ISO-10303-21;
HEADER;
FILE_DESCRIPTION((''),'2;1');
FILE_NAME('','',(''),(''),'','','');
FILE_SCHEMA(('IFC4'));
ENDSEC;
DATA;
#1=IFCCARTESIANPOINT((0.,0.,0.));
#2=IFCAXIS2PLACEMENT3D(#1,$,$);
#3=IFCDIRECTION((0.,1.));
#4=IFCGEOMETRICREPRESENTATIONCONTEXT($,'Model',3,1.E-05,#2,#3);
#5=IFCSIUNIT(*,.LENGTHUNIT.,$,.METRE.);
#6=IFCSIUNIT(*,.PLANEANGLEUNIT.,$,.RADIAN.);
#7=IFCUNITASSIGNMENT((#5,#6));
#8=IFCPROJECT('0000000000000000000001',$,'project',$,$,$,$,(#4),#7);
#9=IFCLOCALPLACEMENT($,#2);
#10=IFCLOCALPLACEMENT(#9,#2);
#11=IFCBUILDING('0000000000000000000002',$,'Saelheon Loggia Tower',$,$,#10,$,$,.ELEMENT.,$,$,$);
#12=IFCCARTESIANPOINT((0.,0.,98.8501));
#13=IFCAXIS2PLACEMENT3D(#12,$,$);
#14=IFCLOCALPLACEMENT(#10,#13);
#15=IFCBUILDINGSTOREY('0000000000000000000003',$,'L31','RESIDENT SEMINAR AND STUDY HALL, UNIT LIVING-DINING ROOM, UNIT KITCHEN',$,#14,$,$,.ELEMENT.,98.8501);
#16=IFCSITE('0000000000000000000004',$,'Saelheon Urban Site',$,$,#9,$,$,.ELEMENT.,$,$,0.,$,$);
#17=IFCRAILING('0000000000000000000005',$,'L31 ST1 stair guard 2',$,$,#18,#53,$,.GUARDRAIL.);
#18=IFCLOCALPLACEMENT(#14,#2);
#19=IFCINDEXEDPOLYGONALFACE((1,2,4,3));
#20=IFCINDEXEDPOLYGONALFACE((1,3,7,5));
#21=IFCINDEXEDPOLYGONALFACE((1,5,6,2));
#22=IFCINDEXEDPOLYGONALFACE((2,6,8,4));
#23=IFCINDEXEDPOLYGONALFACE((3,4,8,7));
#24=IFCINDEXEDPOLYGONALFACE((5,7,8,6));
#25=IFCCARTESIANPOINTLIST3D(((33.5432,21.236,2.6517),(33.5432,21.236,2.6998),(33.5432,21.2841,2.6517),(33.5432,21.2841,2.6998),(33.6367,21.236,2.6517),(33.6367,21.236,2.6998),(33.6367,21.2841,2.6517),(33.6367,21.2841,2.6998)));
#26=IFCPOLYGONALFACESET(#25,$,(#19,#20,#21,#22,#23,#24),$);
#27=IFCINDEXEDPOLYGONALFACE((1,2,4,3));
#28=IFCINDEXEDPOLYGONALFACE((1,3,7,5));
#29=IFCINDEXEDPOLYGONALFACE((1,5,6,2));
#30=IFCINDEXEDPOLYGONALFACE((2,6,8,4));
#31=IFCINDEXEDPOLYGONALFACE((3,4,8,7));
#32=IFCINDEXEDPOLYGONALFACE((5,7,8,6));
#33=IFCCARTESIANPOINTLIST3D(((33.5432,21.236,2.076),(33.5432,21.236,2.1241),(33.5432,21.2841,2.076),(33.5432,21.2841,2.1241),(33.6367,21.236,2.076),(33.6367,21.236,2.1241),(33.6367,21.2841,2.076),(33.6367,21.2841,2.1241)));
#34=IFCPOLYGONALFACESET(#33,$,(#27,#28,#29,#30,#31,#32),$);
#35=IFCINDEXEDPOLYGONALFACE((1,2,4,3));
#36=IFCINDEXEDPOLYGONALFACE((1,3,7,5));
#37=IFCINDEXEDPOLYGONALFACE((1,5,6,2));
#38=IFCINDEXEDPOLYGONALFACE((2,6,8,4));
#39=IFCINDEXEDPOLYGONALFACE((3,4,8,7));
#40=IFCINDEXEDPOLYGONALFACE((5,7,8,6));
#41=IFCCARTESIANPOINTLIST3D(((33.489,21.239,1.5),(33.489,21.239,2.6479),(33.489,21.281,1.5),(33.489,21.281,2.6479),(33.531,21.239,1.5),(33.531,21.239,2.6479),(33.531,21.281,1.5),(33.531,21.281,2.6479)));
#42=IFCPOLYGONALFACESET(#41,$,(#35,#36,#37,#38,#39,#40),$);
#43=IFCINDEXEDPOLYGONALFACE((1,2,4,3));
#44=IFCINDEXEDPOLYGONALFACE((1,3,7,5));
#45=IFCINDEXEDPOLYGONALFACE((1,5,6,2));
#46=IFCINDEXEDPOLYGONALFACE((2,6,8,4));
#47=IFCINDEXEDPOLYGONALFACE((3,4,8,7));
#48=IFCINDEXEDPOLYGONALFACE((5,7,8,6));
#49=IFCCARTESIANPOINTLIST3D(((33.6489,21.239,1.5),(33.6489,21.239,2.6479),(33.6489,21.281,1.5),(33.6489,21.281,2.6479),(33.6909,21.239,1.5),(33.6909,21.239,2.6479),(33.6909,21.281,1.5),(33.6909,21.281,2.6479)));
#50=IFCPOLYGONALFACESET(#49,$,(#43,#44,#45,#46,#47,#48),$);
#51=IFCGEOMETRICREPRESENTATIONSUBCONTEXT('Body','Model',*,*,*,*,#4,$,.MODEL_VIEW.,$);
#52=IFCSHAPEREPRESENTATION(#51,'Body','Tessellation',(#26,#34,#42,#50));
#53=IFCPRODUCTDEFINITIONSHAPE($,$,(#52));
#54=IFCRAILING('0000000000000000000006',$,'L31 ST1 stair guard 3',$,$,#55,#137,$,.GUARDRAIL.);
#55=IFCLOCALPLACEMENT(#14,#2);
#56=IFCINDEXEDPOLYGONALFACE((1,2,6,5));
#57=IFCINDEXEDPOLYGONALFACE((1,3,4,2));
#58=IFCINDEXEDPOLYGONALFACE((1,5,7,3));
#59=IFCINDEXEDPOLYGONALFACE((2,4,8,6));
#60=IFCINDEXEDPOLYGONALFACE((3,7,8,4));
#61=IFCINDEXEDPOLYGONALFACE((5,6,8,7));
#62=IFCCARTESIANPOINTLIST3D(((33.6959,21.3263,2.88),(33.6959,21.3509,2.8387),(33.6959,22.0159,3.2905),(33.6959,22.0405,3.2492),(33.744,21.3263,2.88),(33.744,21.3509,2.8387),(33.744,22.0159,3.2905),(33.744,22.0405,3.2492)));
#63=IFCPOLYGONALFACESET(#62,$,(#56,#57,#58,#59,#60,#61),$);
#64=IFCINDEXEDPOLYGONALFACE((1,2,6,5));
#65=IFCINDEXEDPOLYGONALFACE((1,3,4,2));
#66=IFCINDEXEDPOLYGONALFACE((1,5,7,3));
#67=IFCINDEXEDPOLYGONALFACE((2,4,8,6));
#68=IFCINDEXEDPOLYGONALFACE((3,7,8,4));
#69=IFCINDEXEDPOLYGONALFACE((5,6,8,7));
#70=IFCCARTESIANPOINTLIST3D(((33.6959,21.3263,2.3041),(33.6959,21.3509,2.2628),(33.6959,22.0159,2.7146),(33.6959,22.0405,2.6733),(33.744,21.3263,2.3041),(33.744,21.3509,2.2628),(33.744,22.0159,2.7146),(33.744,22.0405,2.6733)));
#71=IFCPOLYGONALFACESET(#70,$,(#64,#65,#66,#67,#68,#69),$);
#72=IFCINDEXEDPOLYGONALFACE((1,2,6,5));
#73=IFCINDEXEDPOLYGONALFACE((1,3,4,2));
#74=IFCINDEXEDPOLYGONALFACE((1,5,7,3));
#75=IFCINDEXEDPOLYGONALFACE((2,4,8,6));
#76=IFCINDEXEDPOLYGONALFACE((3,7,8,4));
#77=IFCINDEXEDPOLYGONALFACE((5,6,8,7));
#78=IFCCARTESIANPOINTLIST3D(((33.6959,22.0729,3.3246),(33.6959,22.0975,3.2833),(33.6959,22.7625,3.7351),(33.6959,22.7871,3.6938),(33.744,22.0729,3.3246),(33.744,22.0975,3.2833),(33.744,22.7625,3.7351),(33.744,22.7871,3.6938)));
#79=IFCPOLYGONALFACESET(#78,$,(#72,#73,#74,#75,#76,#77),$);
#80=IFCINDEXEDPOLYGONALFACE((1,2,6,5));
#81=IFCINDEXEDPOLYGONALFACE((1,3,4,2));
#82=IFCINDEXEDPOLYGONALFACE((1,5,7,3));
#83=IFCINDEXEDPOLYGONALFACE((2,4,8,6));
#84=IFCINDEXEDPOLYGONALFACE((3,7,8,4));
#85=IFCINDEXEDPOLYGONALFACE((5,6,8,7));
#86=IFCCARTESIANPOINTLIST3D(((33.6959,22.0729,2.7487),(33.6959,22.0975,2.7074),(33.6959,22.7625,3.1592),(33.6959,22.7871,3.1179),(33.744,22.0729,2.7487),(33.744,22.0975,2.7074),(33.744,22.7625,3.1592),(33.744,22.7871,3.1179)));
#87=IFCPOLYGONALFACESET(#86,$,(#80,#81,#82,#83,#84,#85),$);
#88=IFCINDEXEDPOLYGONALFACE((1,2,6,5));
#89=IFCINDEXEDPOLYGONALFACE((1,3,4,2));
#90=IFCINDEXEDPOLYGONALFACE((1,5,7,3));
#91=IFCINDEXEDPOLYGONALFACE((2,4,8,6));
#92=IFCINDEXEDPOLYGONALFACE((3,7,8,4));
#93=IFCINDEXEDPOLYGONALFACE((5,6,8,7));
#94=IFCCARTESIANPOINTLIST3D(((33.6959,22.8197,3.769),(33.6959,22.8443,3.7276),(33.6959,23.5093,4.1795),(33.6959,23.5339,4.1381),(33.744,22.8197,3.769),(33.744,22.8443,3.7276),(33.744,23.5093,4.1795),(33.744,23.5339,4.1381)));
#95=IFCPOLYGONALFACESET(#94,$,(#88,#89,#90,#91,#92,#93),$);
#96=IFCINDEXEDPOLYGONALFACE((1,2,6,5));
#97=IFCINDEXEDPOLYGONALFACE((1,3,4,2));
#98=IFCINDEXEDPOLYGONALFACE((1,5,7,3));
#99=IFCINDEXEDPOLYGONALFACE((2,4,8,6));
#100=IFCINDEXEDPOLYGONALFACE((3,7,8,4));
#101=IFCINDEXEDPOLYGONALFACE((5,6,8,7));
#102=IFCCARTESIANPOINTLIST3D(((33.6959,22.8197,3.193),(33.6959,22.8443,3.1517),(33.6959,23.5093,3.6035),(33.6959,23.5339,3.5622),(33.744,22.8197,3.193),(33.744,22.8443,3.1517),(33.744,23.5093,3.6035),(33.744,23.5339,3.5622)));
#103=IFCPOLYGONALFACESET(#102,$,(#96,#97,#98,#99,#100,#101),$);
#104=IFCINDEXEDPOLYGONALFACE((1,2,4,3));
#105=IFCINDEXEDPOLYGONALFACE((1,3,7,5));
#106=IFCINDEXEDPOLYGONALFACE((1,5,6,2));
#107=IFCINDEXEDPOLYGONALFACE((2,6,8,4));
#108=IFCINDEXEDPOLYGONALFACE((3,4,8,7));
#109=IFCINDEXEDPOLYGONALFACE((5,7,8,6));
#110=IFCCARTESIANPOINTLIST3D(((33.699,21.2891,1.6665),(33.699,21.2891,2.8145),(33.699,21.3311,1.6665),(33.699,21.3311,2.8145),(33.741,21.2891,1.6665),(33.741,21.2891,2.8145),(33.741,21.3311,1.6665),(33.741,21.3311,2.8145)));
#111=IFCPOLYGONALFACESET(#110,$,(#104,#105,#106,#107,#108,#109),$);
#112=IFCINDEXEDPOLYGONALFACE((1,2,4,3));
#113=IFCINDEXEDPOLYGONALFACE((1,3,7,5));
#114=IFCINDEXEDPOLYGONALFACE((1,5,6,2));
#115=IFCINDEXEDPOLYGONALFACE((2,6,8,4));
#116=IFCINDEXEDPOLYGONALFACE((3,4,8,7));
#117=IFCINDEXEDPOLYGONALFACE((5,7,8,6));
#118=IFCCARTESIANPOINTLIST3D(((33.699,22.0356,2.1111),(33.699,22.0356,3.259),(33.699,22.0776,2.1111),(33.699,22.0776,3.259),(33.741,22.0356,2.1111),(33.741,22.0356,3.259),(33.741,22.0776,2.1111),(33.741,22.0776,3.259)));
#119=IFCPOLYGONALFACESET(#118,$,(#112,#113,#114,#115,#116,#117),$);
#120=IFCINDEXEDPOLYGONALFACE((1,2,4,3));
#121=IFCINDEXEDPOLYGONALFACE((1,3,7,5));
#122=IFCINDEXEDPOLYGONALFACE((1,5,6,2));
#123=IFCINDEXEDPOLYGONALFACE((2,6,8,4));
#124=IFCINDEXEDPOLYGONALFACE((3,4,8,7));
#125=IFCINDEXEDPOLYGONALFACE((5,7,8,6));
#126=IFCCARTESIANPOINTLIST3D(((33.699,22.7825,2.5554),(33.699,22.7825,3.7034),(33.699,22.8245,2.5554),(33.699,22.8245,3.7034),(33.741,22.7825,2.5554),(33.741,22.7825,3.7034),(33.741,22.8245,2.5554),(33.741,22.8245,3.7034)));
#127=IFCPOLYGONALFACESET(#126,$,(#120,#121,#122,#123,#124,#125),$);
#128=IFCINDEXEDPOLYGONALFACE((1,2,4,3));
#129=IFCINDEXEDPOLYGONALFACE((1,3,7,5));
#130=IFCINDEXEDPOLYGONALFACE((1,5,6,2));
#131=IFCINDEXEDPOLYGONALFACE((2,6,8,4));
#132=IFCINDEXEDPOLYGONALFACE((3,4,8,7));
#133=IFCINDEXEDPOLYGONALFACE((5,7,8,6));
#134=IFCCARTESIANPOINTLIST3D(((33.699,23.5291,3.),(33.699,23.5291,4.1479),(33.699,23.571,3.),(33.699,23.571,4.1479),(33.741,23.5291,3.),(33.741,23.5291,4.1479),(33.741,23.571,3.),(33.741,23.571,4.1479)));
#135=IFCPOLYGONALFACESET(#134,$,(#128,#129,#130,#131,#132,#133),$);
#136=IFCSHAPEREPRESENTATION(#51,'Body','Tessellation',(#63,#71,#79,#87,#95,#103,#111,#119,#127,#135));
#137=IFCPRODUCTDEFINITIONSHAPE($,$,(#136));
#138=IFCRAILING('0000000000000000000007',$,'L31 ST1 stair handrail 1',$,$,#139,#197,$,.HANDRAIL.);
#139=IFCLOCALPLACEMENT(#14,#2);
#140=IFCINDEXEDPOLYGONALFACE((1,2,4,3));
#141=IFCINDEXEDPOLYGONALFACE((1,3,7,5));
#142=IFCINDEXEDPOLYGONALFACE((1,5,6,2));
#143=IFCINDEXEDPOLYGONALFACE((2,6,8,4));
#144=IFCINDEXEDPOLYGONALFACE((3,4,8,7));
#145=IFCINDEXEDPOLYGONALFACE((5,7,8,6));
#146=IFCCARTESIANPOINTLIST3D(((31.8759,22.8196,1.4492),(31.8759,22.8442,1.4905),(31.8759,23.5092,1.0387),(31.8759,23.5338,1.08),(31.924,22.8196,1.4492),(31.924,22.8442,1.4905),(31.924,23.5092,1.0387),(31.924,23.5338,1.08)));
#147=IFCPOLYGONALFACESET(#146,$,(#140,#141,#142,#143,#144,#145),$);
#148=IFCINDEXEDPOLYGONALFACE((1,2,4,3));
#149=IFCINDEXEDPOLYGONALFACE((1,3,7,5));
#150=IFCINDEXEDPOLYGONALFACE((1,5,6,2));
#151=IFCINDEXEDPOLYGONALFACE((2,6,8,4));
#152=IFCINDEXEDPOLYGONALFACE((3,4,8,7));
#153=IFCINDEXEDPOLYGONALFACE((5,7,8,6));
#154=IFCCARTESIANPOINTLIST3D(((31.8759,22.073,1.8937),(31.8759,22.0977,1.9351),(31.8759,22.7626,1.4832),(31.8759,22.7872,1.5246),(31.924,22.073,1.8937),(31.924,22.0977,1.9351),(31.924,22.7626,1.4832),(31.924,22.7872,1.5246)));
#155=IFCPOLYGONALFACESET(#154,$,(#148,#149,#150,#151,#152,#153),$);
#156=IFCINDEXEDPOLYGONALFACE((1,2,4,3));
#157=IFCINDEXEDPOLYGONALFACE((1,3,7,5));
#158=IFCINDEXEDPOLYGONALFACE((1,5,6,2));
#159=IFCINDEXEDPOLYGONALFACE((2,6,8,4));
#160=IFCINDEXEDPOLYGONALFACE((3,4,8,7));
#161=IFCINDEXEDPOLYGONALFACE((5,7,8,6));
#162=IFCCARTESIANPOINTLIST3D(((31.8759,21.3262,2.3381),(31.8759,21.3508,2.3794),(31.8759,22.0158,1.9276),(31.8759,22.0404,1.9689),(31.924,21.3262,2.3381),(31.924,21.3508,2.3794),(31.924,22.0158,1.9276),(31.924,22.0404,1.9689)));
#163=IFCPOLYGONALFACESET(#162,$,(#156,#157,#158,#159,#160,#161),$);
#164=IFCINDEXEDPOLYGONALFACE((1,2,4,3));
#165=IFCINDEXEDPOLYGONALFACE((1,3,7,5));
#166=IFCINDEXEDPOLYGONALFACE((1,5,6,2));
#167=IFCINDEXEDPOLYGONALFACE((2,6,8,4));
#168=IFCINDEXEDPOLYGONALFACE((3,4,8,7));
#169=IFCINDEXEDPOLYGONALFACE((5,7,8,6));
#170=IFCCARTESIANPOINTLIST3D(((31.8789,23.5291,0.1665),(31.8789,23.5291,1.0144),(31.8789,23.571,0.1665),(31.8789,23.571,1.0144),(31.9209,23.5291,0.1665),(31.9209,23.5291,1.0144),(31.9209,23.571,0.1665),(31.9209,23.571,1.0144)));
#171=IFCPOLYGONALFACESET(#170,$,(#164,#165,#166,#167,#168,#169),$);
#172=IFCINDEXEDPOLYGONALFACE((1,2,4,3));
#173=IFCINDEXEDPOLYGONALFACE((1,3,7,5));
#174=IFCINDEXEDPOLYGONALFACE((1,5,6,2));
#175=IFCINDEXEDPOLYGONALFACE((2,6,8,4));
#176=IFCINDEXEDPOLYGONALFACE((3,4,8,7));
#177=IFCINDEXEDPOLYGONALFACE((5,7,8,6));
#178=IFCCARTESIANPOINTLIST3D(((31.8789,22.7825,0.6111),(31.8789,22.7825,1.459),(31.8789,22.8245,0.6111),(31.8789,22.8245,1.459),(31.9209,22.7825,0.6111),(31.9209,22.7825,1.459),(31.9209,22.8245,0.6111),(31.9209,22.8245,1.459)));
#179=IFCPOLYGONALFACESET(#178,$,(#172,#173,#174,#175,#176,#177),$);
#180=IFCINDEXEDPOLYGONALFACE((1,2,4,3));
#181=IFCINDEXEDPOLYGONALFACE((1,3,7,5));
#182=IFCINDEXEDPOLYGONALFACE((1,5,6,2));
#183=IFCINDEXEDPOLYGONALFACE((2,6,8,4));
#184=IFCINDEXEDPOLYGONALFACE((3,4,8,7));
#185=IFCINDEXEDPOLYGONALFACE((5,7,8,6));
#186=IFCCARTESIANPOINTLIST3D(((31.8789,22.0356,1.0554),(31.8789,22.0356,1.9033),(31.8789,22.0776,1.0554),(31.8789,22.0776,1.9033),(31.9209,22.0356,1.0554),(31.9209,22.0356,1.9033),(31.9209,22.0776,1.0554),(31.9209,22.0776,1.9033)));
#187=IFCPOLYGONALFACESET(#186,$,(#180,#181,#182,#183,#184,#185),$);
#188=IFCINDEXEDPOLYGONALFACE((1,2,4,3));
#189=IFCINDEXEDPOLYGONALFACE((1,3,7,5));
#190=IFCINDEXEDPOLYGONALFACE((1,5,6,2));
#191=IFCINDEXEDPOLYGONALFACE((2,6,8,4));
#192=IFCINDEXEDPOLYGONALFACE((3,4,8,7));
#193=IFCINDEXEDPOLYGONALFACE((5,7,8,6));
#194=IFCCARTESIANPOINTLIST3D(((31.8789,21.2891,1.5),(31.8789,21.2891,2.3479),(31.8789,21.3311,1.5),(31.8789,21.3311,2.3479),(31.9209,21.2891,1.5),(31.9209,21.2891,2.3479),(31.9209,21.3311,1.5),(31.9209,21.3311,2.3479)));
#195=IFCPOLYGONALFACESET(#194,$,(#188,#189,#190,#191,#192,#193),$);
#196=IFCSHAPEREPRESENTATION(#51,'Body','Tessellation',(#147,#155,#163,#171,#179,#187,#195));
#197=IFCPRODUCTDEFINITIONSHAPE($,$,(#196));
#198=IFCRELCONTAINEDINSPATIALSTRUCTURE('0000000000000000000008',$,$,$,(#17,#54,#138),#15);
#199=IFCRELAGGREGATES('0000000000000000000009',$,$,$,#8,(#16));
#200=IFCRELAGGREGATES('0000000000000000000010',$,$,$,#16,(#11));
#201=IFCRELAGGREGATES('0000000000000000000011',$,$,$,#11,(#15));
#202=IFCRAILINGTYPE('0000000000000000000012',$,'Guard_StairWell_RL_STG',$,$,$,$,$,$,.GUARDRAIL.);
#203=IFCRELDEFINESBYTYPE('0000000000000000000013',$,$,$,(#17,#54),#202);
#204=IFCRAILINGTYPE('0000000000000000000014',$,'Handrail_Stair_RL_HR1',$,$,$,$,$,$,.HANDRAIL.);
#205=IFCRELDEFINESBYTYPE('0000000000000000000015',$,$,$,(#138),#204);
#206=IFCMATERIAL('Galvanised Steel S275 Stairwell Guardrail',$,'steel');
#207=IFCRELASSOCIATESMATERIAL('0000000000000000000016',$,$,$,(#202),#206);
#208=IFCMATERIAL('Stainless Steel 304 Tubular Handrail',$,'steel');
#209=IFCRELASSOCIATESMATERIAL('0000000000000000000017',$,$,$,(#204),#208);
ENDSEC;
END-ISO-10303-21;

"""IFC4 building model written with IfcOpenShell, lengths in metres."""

from ifc_helpers import new_model, si_unit, direction, frame, origin, origin_2d, place, context, subcontext, project, spatial, rectangle, extrude, material, type_object, element, save


model = new_model("IFC4")

# Units and contexts
model_context = context("Model", 3, precision=1e-05, world=origin(), true_north=direction((0.0, 1.0)))
body_context = subcontext(model_context, "Body", "Model", "MODEL_VIEW")
ifc_project = project(units=[si_unit("LENGTHUNIT", "METRE"), si_unit("PLANEANGLEUNIT", "RADIAN")], contexts=[model_context])

# Site, building, storey
site_placement = place(None, origin())
site = spatial("IfcSite", under=ifc_project, at=site_placement, Name="Saelheon Urban Site", CompositionType="ELEMENT", RefElevation=0.0)
building_placement = place(site_placement, origin())
building = spatial("IfcBuilding", under=site, at=building_placement, Name="Saelheon Loggia Tower", CompositionType="ELEMENT")
storey_placement = place(building_placement, frame((0.0, 0.0, 98.8501)))
storey = spatial("IfcBuildingStorey", under=building, at=storey_placement, Name="L31", Description="RESIDENT SEMINAR AND STUDY HALL, UNIT LIVING-DINING ROOM, UNIT KITCHEN", CompositionType="ELEMENT", Elevation=98.8501)

# Railings
ifc_material_1 = material(Name="Galvanised Steel S275 Stairwell Guardrail", Category="steel")
railing_type_1 = type_object("IfcRailingType", Name="Guard_StairWell_RL_STG", PredefinedType="GUARDRAIL", material=ifc_material_1)
railing_1_placement = place(storey_placement, frame((33.51, 21.26, 1.5)))
element("IfcRailing", 1, at=railing_1_placement, inside=storey, type_object=railing_type_1, Name="L31 ST1 stair guard 2", PredefinedType="GUARDRAIL", context=body_context, shape_type="SweptSolid", body=[
    extrude(rectangle(XDim=0.0481, YDim=0.0481, at=origin_2d()), frame((0.0332, 0.0, 1.1758), z_axis=(1.0, 0.0, 0.0), x_axis=(0.0, 1.0, 0.0)), (0.0, 0.0, 1.0), 0.0935),
    extrude(rectangle(XDim=0.0481, YDim=0.0481, at=origin_2d()), frame((0.0332, 0.0, 0.6001), z_axis=(1.0, 0.0, 0.0), x_axis=(0.0, 1.0, 0.0)), (0.0, 0.0, 1.0), 0.0935),
    extrude(rectangle(XDim=0.042, YDim=0.042, at=origin_2d()), origin(), (0.0, 0.0, 1.0), 1.1479),
    extrude(rectangle(XDim=0.042, YDim=0.042, at=origin_2d()), frame((0.1599, 0.0, 0.0)), (0.0, 0.0, 1.0), 1.1479),
])
railing_2_placement = place(storey_placement, frame((33.72, 21.3101, 1.6665)))
element("IfcRailing", 2, at=railing_2_placement, inside=storey, type_object=railing_type_1, Name="L31 ST1 stair guard 3", PredefinedType="GUARDRAIL", context=body_context, shape_type="SweptSolid", body=[
    extrude(rectangle(XDim=0.0481, YDim=0.0481, at=origin_2d()), frame((0.0, 0.0286, 1.1929), z_axis=(0.0, 0.859264, 0.511532), x_axis=(-1.0, 0.0, 0.0)), (0.0, 0.0, 1.0), 0.8025),
    extrude(rectangle(XDim=0.0481, YDim=0.0481, at=origin_2d()), frame((0.0, 0.0286, 0.6169), z_axis=(0.0, 0.859264, 0.511532), x_axis=(-1.0, 0.0, 0.0)), (0.0, 0.0, 1.0), 0.8025),
    extrude(rectangle(XDim=0.0481, YDim=0.0481, at=origin_2d()), frame((0.0, 0.7751, 1.6375), z_axis=(0.0, 0.859264, 0.511532), x_axis=(-1.0, 0.0, 0.0)), (0.0, 0.0, 1.0), 0.8025),
    extrude(rectangle(XDim=0.0481, YDim=0.0481, at=origin_2d()), frame((0.0, 0.7751, 1.0615), z_axis=(0.0, 0.859264, 0.511532), x_axis=(-1.0, 0.0, 0.0)), (0.0, 0.0, 1.0), 0.8025),
    extrude(rectangle(XDim=0.0481, YDim=0.0481, at=origin_2d()), frame((0.0, 1.522, 2.0818), z_axis=(0.0, 0.859264, 0.511532), x_axis=(-1.0, 0.0, 0.0)), (0.0, 0.0, 1.0), 0.8025),
    extrude(rectangle(XDim=0.0481, YDim=0.0481, at=origin_2d()), frame((0.0, 1.522, 1.5059), z_axis=(0.0, 0.859264, 0.511532), x_axis=(-1.0, 0.0, 0.0)), (0.0, 0.0, 1.0), 0.8025),
    extrude(rectangle(XDim=0.042, YDim=0.042, at=origin_2d()), origin(), (0.0, 0.0, 1.0), 1.1479),
    extrude(rectangle(XDim=0.042, YDim=0.042, at=origin_2d()), frame((0.0, 0.7466, 0.4446)), (0.0, 0.0, 1.0), 1.1479),
    extrude(rectangle(XDim=0.042, YDim=0.042, at=origin_2d()), frame((0.0, 1.4934, 0.8889)), (0.0, 0.0, 1.0), 1.1479),
    extrude(rectangle(XDim=0.042, YDim=0.042, at=origin_2d()), frame((0.0, 2.24, 1.3335)), (0.0, 0.0, 1.0), 1.1479),
])
ifc_material_2 = material(Name="Stainless Steel 304 Tubular Handrail", Category="steel")
railing_type_2 = type_object("IfcRailingType", Name="Handrail_Stair_RL_HR1", PredefinedType="HANDRAIL", material=ifc_material_2)
railing_3_placement = place(storey_placement, frame((31.8999, 23.55, 0.1665)))
element("IfcRailing", 3, at=railing_3_placement, inside=storey, type_object=railing_type_2, Name="L31 ST1 stair handrail 1", PredefinedType="HANDRAIL", context=body_context, shape_type="SweptSolid", body=[
    extrude(rectangle(XDim=0.0481, YDim=0.0481, at=origin_2d()), frame((0.0, -0.0286, 0.8928), z_axis=(0.0, -0.859264, 0.511532), x_axis=(1.0, 0.0, 0.0)), (0.0, 0.0, 1.0), 0.8025),
    extrude(rectangle(XDim=0.0481, YDim=0.0481, at=origin_2d()), frame((0.0, -0.7751, 1.3374), z_axis=(0.0, -0.859264, 0.511532), x_axis=(1.0, 0.0, 0.0)), (0.0, 0.0, 1.0), 0.8025),
    extrude(rectangle(XDim=0.0481, YDim=0.0481, at=origin_2d()), frame((0.0, -1.522, 1.7817), z_axis=(0.0, -0.859264, 0.511532), x_axis=(1.0, 0.0, 0.0)), (0.0, 0.0, 1.0), 0.8025),
    extrude(rectangle(XDim=0.042, YDim=0.042, at=origin_2d()), origin(), (0.0, 0.0, 1.0), 0.8479),
    extrude(rectangle(XDim=0.042, YDim=0.042, at=origin_2d()), frame((0.0, -0.7466, 0.4446)), (0.0, 0.0, 1.0), 0.8479),
    extrude(rectangle(XDim=0.042, YDim=0.042, at=origin_2d()), frame((0.0, -1.4934, 0.8889)), (0.0, 0.0, 1.0), 0.8479),
    extrude(rectangle(XDim=0.042, YDim=0.042, at=origin_2d()), frame((0.0, -2.24, 1.3335)), (0.0, 0.0, 1.0), 0.8479),
])

save(model, "model.ifc")
